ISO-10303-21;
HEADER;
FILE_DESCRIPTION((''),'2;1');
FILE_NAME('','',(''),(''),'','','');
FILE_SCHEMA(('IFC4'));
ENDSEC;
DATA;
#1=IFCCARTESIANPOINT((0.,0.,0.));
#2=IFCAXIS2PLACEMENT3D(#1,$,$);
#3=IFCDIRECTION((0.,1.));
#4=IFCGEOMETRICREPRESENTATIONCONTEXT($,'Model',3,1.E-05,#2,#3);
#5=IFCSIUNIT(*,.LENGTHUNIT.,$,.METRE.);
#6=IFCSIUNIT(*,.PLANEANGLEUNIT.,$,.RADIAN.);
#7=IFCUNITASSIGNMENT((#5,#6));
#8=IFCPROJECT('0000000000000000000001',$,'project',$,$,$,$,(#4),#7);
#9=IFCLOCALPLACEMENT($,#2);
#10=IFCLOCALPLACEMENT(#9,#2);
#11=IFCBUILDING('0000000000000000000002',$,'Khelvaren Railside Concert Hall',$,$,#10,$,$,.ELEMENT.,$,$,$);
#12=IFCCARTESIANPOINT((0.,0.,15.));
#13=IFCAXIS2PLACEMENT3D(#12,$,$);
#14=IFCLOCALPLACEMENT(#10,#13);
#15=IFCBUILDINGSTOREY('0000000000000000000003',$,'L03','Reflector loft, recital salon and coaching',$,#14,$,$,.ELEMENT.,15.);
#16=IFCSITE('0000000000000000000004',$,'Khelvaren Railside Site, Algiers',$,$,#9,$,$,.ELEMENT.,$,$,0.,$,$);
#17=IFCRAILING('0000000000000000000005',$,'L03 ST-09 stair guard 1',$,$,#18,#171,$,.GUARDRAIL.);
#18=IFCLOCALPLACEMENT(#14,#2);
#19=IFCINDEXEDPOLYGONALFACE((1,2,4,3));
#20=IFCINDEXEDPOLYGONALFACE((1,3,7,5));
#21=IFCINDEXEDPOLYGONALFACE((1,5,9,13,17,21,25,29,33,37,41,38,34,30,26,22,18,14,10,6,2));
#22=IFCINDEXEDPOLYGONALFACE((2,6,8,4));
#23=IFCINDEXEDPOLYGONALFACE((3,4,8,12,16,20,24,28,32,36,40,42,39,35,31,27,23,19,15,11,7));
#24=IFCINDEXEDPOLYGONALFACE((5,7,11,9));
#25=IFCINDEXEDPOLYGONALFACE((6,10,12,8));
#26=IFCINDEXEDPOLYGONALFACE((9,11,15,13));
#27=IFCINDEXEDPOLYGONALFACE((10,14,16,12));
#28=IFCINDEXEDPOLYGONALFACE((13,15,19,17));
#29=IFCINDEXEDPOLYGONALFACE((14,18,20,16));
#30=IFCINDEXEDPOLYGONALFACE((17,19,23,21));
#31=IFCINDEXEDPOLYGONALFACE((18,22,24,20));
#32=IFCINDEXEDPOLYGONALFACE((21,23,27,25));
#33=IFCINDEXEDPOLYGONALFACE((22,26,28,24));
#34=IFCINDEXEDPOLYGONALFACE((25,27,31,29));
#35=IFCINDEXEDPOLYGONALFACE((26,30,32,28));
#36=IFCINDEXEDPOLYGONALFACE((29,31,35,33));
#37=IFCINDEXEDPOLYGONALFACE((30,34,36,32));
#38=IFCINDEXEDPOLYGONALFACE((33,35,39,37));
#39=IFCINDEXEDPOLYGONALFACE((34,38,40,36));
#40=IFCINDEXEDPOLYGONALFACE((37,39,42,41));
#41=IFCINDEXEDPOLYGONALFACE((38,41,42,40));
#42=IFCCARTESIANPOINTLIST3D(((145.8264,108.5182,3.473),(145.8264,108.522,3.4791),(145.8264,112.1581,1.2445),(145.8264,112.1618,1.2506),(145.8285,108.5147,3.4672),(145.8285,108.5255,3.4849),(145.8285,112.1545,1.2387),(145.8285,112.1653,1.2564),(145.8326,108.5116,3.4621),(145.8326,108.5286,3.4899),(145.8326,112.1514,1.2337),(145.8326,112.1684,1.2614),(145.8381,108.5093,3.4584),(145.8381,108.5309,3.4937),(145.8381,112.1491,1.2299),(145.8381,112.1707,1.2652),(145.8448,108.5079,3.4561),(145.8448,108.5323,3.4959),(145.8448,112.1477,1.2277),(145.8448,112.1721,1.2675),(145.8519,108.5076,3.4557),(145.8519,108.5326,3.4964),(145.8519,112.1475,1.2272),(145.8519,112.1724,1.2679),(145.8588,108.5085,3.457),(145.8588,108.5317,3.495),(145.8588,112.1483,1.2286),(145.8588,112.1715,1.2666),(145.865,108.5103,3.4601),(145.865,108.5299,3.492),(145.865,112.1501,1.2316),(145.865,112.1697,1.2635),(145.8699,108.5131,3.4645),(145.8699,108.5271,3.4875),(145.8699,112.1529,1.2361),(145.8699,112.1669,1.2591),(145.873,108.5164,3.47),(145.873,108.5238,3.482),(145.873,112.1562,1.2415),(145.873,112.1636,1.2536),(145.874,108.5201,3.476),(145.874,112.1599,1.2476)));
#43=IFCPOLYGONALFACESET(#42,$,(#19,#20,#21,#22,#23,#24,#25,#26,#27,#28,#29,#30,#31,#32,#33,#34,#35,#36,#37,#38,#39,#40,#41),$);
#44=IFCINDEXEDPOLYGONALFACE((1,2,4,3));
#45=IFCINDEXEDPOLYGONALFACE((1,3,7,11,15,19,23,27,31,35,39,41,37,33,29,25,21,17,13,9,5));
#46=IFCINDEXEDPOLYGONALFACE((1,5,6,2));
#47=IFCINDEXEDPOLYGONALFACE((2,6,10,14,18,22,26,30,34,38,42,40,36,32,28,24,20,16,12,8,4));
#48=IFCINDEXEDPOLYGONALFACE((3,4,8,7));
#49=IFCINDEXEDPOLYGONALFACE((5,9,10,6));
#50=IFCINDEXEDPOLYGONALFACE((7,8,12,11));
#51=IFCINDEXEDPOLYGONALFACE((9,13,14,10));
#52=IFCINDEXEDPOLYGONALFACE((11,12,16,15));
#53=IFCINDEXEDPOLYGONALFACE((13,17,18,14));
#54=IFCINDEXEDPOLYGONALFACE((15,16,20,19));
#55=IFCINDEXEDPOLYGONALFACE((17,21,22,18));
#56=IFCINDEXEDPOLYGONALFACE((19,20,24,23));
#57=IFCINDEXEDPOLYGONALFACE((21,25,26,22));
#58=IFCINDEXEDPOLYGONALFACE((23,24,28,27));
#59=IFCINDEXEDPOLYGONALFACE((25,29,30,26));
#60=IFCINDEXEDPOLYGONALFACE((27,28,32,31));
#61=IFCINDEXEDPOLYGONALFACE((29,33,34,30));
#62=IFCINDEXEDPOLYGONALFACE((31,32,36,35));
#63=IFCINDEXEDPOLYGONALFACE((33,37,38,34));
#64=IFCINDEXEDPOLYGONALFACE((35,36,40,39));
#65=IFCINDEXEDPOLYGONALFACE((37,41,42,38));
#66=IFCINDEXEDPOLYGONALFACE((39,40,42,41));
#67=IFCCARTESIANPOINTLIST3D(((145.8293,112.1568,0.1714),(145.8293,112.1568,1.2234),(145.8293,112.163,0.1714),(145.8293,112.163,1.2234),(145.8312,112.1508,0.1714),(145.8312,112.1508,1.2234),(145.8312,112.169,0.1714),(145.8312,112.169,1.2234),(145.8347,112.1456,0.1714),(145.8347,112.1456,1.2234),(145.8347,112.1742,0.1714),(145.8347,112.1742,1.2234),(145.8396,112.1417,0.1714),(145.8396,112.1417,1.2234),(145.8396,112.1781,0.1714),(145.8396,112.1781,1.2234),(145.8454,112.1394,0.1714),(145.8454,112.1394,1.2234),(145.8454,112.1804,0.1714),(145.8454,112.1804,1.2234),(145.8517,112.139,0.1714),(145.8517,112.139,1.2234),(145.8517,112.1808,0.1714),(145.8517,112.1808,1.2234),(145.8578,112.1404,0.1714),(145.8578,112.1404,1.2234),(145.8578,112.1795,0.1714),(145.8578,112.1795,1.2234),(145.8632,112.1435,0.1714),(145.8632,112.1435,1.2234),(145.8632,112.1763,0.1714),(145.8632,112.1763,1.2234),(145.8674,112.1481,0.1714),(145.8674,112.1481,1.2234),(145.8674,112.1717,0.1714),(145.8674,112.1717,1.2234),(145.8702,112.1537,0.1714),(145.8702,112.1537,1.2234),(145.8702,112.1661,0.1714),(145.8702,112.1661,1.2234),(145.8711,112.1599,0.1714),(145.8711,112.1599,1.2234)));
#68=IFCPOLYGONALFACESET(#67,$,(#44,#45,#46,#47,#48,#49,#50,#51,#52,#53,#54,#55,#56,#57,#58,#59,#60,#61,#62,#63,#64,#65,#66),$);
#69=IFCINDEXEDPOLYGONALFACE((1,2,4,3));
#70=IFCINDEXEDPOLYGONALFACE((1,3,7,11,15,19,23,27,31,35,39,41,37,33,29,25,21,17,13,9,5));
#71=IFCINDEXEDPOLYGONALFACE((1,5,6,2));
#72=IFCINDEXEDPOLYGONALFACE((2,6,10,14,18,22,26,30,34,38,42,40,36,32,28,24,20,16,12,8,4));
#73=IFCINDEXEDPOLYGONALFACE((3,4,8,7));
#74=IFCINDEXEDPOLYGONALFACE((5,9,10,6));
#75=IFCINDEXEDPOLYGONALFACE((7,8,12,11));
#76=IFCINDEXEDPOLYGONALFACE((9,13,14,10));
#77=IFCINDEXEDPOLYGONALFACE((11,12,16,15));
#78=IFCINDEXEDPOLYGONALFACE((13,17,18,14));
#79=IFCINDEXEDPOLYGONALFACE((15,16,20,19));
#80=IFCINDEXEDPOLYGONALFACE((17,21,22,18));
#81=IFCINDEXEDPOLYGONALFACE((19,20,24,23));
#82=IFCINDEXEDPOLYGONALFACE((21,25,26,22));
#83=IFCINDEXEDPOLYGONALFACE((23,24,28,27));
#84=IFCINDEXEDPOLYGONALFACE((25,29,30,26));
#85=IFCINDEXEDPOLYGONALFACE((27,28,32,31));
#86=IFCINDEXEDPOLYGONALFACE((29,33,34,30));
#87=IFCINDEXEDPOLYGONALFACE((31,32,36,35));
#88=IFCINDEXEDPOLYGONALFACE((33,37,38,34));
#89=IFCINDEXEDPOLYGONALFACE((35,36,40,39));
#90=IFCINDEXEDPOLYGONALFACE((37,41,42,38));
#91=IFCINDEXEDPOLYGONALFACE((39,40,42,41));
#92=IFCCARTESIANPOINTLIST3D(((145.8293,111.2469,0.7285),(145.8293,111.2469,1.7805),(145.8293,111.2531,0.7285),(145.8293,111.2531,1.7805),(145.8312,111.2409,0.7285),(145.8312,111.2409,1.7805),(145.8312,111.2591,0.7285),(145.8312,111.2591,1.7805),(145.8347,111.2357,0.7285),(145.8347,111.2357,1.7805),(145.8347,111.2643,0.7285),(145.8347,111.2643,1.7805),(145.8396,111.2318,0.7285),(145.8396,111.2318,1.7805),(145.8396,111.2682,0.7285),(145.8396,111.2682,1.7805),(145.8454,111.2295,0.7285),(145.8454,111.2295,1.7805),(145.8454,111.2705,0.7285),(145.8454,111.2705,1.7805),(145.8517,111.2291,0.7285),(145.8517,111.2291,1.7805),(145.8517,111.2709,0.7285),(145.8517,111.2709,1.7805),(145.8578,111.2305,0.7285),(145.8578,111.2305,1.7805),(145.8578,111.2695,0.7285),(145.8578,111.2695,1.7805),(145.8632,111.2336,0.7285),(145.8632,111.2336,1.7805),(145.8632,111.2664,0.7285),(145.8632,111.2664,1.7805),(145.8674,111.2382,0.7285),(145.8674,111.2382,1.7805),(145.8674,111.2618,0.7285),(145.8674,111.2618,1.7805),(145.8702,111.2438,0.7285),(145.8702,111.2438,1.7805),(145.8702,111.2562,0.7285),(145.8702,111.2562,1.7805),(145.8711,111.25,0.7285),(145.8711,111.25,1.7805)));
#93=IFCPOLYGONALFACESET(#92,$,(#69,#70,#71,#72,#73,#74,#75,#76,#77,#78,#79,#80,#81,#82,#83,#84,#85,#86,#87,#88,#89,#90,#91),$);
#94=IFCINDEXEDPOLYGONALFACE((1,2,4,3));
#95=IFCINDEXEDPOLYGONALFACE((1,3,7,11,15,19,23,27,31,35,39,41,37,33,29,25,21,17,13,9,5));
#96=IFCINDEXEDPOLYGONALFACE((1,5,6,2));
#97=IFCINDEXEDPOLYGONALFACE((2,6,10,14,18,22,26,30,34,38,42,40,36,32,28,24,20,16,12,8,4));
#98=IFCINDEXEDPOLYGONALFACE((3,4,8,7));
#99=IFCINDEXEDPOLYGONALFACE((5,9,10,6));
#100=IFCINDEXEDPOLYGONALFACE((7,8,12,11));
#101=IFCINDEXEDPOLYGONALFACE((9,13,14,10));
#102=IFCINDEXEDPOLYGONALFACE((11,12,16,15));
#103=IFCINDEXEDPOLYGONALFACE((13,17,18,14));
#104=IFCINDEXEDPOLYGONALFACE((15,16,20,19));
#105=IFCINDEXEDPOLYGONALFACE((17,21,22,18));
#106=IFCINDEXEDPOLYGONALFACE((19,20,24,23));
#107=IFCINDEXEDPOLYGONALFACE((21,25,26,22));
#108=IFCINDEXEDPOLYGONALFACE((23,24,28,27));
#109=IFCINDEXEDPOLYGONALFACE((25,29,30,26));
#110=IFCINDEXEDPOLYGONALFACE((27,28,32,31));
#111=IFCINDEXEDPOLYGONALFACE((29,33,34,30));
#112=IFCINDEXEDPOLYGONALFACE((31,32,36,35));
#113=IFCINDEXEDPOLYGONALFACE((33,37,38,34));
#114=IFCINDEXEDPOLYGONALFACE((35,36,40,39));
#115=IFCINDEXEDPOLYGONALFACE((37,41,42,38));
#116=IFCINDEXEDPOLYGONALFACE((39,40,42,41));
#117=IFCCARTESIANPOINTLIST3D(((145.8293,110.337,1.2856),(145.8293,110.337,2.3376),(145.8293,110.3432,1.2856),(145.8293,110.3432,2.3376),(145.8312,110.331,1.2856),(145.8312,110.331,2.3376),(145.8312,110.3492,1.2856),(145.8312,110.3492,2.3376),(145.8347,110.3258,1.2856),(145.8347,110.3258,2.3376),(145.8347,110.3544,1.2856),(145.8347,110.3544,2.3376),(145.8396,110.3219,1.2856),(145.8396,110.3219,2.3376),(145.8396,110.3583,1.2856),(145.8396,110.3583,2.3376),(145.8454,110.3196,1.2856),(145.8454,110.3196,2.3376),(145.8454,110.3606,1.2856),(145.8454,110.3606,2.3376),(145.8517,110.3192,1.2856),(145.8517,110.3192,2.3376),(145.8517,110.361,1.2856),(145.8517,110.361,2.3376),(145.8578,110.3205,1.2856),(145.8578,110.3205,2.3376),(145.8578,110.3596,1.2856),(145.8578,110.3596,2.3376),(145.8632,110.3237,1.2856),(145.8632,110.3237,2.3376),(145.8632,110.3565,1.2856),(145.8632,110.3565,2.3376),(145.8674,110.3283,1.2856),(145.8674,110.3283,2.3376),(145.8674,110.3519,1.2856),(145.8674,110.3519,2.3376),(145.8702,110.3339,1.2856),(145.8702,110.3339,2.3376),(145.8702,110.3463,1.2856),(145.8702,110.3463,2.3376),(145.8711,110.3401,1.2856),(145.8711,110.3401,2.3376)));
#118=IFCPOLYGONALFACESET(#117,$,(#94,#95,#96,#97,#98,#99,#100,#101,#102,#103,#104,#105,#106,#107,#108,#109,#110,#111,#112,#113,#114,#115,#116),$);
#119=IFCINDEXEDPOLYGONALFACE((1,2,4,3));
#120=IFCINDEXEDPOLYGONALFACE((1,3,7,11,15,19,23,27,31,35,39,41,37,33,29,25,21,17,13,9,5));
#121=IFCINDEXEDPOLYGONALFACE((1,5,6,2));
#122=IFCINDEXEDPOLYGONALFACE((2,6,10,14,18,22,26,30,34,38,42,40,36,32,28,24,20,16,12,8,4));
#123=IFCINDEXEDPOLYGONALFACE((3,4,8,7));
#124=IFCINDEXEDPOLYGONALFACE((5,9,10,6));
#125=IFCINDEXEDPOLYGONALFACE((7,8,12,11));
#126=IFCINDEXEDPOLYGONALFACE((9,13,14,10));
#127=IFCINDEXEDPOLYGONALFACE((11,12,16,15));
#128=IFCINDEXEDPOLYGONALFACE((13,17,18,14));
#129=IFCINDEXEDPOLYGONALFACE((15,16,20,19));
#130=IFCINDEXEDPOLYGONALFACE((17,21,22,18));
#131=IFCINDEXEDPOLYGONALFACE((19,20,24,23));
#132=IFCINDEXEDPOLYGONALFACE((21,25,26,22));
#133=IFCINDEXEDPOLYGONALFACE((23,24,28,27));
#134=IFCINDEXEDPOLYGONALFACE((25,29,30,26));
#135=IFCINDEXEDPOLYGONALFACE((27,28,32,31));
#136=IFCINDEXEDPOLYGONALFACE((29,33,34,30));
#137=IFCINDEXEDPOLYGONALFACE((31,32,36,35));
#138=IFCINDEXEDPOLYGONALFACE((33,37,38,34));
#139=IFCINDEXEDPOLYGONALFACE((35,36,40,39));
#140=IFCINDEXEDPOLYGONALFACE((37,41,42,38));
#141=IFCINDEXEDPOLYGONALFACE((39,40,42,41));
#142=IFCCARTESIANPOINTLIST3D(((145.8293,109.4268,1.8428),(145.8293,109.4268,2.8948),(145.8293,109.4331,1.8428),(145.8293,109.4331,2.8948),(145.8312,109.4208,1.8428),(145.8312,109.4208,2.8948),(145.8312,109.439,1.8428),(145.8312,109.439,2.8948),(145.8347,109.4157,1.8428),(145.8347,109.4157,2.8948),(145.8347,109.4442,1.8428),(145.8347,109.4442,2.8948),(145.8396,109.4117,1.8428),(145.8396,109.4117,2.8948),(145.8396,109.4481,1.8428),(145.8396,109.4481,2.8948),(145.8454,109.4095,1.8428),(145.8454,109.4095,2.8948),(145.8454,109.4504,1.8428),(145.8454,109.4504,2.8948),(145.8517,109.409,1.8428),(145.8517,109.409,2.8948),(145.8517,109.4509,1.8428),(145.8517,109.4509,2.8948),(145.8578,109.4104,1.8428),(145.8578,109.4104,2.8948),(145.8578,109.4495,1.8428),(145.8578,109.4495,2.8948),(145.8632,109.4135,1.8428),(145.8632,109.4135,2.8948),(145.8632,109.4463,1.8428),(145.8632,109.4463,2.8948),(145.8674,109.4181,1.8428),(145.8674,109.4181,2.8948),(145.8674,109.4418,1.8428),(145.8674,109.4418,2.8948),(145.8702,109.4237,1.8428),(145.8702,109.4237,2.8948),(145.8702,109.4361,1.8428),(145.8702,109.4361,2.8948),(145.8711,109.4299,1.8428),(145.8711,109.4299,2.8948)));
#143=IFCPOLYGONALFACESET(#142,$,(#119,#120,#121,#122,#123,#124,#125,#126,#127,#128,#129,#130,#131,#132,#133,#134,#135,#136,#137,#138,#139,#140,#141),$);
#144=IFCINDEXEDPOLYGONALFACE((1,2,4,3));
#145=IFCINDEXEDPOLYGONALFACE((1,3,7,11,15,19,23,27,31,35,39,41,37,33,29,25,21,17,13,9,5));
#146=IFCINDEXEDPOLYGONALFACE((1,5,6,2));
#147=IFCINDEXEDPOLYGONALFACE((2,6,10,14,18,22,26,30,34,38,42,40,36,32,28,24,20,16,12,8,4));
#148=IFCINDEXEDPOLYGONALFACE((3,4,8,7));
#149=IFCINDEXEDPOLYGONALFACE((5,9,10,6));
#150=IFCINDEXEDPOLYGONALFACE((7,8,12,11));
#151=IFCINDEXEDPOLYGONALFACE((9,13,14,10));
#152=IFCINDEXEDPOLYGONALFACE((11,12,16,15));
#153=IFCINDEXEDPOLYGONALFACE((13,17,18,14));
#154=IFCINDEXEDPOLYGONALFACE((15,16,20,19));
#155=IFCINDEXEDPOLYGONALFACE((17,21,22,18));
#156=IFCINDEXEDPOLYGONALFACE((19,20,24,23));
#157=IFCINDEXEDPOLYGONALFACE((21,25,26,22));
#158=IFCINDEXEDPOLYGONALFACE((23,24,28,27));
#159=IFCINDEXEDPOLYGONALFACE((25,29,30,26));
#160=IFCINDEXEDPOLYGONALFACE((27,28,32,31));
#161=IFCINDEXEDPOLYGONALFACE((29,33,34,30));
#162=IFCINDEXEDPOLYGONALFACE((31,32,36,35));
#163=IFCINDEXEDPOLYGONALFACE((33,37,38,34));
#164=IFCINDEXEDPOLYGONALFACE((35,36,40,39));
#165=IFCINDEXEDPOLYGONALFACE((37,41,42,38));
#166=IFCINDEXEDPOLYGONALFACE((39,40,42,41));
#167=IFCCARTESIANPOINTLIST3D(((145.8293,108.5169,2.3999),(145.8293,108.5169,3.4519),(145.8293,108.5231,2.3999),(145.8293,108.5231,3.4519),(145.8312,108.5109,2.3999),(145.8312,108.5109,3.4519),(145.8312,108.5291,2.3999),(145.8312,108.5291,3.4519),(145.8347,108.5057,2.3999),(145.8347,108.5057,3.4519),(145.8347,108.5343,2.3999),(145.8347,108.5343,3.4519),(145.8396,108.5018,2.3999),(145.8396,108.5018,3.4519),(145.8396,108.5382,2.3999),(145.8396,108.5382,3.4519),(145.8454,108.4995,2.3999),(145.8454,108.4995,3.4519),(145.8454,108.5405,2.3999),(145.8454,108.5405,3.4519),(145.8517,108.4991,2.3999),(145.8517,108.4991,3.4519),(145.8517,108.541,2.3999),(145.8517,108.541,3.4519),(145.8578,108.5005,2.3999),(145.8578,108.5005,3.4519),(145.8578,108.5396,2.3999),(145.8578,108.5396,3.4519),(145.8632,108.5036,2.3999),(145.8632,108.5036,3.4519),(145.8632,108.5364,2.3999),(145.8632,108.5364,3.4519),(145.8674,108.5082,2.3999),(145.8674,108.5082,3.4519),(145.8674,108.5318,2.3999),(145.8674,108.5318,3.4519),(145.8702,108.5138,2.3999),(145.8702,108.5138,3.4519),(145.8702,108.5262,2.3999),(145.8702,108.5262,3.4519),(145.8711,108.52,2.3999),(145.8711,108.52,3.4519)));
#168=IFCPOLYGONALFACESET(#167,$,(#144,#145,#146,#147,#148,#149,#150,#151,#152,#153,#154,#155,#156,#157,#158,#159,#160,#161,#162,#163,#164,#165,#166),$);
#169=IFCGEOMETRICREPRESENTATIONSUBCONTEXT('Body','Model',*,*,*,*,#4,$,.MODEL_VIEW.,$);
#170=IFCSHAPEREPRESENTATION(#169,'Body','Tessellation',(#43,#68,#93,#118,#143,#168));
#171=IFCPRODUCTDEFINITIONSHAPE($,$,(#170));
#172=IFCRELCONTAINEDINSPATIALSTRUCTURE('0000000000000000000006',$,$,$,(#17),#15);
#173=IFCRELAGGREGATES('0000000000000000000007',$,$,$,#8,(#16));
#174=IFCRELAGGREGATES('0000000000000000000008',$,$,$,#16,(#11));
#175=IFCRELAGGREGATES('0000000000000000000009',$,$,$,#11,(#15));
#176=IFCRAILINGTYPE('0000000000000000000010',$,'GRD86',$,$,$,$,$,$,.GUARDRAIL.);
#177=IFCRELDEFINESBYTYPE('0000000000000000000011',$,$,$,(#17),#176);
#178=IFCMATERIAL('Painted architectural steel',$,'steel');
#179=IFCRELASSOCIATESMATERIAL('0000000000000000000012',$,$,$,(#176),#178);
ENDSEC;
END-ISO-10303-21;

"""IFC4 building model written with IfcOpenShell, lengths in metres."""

from ifc_helpers import new_model, si_unit, direction, frame, origin, origin_2d, place, context, subcontext, project, spatial, circle, extrude, material, type_object, element, save


model = new_model("IFC4")

# Units and contexts
model_context = context("Model", 3, precision=1e-05, world=origin(), true_north=direction((0.0, 1.0)))
body_context = subcontext(model_context, "Body", "Model", "MODEL_VIEW")
ifc_project = project(units=[si_unit("LENGTHUNIT", "METRE"), si_unit("PLANEANGLEUNIT", "RADIAN")], contexts=[model_context])

# Site, building, storey
site_placement = place(None, origin())
site = spatial("IfcSite", under=ifc_project, at=site_placement, Name="Khelvaren Railside Site, Algiers", CompositionType="ELEMENT", RefElevation=0.0)
building_placement = place(site_placement, origin())
building = spatial("IfcBuilding", under=site, at=building_placement, Name="Khelvaren Railside Concert Hall", CompositionType="ELEMENT")
storey_placement = place(building_placement, frame((0.0, 0.0, 15.0)))
storey = spatial("IfcBuildingStorey", under=building, at=storey_placement, Name="L03", Description="Reflector loft, recital salon and coaching", CompositionType="ELEMENT", Elevation=15.0)

# Railing
ifc_material_1 = material(Name="Painted architectural steel", Category="steel")
railing_type_1 = type_object("IfcRailingType", Name="GRD86", PredefinedType="GUARDRAIL", material=ifc_material_1)
railing_1_placement = place(storey_placement, frame((145.8501, 112.1599, 0.1714)))
element("IfcRailing", 1, at=railing_1_placement, inside=storey, type_object=railing_type_1, Name="L03 ST-09 stair guard 1", PredefinedType="GUARDRAIL", context=body_context, shape_type="SweptSolid", body=[
    extrude(circle(Radius=0.0239, at=origin_2d()), frame((0.0, 0.0, 1.0762), z_axis=(0.0, -0.85285, 0.522156), x_axis=(1.0, 0.0, 0.0)), (0.0, 0.0, 1.0), 4.2678),
    extrude(circle(Radius=0.021, at=origin_2d()), origin(), (0.0, 0.0, 1.0), 1.052),
    extrude(circle(Radius=0.021, at=origin_2d()), frame((0.0, -0.9099, 0.5571)), (0.0, 0.0, 1.0), 1.052),
    extrude(circle(Radius=0.021, at=origin_2d()), frame((0.0, -1.8198, 1.1143)), (0.0, 0.0, 1.0), 1.052),
    extrude(circle(Radius=0.021, at=origin_2d()), frame((0.0, -2.73, 1.6714)), (0.0, 0.0, 1.0), 1.052),
    extrude(circle(Radius=0.021, at=origin_2d()), frame((0.0, -3.6399, 2.2285)), (0.0, 0.0, 1.0), 1.052),
])

save(model, "model.ifc")
